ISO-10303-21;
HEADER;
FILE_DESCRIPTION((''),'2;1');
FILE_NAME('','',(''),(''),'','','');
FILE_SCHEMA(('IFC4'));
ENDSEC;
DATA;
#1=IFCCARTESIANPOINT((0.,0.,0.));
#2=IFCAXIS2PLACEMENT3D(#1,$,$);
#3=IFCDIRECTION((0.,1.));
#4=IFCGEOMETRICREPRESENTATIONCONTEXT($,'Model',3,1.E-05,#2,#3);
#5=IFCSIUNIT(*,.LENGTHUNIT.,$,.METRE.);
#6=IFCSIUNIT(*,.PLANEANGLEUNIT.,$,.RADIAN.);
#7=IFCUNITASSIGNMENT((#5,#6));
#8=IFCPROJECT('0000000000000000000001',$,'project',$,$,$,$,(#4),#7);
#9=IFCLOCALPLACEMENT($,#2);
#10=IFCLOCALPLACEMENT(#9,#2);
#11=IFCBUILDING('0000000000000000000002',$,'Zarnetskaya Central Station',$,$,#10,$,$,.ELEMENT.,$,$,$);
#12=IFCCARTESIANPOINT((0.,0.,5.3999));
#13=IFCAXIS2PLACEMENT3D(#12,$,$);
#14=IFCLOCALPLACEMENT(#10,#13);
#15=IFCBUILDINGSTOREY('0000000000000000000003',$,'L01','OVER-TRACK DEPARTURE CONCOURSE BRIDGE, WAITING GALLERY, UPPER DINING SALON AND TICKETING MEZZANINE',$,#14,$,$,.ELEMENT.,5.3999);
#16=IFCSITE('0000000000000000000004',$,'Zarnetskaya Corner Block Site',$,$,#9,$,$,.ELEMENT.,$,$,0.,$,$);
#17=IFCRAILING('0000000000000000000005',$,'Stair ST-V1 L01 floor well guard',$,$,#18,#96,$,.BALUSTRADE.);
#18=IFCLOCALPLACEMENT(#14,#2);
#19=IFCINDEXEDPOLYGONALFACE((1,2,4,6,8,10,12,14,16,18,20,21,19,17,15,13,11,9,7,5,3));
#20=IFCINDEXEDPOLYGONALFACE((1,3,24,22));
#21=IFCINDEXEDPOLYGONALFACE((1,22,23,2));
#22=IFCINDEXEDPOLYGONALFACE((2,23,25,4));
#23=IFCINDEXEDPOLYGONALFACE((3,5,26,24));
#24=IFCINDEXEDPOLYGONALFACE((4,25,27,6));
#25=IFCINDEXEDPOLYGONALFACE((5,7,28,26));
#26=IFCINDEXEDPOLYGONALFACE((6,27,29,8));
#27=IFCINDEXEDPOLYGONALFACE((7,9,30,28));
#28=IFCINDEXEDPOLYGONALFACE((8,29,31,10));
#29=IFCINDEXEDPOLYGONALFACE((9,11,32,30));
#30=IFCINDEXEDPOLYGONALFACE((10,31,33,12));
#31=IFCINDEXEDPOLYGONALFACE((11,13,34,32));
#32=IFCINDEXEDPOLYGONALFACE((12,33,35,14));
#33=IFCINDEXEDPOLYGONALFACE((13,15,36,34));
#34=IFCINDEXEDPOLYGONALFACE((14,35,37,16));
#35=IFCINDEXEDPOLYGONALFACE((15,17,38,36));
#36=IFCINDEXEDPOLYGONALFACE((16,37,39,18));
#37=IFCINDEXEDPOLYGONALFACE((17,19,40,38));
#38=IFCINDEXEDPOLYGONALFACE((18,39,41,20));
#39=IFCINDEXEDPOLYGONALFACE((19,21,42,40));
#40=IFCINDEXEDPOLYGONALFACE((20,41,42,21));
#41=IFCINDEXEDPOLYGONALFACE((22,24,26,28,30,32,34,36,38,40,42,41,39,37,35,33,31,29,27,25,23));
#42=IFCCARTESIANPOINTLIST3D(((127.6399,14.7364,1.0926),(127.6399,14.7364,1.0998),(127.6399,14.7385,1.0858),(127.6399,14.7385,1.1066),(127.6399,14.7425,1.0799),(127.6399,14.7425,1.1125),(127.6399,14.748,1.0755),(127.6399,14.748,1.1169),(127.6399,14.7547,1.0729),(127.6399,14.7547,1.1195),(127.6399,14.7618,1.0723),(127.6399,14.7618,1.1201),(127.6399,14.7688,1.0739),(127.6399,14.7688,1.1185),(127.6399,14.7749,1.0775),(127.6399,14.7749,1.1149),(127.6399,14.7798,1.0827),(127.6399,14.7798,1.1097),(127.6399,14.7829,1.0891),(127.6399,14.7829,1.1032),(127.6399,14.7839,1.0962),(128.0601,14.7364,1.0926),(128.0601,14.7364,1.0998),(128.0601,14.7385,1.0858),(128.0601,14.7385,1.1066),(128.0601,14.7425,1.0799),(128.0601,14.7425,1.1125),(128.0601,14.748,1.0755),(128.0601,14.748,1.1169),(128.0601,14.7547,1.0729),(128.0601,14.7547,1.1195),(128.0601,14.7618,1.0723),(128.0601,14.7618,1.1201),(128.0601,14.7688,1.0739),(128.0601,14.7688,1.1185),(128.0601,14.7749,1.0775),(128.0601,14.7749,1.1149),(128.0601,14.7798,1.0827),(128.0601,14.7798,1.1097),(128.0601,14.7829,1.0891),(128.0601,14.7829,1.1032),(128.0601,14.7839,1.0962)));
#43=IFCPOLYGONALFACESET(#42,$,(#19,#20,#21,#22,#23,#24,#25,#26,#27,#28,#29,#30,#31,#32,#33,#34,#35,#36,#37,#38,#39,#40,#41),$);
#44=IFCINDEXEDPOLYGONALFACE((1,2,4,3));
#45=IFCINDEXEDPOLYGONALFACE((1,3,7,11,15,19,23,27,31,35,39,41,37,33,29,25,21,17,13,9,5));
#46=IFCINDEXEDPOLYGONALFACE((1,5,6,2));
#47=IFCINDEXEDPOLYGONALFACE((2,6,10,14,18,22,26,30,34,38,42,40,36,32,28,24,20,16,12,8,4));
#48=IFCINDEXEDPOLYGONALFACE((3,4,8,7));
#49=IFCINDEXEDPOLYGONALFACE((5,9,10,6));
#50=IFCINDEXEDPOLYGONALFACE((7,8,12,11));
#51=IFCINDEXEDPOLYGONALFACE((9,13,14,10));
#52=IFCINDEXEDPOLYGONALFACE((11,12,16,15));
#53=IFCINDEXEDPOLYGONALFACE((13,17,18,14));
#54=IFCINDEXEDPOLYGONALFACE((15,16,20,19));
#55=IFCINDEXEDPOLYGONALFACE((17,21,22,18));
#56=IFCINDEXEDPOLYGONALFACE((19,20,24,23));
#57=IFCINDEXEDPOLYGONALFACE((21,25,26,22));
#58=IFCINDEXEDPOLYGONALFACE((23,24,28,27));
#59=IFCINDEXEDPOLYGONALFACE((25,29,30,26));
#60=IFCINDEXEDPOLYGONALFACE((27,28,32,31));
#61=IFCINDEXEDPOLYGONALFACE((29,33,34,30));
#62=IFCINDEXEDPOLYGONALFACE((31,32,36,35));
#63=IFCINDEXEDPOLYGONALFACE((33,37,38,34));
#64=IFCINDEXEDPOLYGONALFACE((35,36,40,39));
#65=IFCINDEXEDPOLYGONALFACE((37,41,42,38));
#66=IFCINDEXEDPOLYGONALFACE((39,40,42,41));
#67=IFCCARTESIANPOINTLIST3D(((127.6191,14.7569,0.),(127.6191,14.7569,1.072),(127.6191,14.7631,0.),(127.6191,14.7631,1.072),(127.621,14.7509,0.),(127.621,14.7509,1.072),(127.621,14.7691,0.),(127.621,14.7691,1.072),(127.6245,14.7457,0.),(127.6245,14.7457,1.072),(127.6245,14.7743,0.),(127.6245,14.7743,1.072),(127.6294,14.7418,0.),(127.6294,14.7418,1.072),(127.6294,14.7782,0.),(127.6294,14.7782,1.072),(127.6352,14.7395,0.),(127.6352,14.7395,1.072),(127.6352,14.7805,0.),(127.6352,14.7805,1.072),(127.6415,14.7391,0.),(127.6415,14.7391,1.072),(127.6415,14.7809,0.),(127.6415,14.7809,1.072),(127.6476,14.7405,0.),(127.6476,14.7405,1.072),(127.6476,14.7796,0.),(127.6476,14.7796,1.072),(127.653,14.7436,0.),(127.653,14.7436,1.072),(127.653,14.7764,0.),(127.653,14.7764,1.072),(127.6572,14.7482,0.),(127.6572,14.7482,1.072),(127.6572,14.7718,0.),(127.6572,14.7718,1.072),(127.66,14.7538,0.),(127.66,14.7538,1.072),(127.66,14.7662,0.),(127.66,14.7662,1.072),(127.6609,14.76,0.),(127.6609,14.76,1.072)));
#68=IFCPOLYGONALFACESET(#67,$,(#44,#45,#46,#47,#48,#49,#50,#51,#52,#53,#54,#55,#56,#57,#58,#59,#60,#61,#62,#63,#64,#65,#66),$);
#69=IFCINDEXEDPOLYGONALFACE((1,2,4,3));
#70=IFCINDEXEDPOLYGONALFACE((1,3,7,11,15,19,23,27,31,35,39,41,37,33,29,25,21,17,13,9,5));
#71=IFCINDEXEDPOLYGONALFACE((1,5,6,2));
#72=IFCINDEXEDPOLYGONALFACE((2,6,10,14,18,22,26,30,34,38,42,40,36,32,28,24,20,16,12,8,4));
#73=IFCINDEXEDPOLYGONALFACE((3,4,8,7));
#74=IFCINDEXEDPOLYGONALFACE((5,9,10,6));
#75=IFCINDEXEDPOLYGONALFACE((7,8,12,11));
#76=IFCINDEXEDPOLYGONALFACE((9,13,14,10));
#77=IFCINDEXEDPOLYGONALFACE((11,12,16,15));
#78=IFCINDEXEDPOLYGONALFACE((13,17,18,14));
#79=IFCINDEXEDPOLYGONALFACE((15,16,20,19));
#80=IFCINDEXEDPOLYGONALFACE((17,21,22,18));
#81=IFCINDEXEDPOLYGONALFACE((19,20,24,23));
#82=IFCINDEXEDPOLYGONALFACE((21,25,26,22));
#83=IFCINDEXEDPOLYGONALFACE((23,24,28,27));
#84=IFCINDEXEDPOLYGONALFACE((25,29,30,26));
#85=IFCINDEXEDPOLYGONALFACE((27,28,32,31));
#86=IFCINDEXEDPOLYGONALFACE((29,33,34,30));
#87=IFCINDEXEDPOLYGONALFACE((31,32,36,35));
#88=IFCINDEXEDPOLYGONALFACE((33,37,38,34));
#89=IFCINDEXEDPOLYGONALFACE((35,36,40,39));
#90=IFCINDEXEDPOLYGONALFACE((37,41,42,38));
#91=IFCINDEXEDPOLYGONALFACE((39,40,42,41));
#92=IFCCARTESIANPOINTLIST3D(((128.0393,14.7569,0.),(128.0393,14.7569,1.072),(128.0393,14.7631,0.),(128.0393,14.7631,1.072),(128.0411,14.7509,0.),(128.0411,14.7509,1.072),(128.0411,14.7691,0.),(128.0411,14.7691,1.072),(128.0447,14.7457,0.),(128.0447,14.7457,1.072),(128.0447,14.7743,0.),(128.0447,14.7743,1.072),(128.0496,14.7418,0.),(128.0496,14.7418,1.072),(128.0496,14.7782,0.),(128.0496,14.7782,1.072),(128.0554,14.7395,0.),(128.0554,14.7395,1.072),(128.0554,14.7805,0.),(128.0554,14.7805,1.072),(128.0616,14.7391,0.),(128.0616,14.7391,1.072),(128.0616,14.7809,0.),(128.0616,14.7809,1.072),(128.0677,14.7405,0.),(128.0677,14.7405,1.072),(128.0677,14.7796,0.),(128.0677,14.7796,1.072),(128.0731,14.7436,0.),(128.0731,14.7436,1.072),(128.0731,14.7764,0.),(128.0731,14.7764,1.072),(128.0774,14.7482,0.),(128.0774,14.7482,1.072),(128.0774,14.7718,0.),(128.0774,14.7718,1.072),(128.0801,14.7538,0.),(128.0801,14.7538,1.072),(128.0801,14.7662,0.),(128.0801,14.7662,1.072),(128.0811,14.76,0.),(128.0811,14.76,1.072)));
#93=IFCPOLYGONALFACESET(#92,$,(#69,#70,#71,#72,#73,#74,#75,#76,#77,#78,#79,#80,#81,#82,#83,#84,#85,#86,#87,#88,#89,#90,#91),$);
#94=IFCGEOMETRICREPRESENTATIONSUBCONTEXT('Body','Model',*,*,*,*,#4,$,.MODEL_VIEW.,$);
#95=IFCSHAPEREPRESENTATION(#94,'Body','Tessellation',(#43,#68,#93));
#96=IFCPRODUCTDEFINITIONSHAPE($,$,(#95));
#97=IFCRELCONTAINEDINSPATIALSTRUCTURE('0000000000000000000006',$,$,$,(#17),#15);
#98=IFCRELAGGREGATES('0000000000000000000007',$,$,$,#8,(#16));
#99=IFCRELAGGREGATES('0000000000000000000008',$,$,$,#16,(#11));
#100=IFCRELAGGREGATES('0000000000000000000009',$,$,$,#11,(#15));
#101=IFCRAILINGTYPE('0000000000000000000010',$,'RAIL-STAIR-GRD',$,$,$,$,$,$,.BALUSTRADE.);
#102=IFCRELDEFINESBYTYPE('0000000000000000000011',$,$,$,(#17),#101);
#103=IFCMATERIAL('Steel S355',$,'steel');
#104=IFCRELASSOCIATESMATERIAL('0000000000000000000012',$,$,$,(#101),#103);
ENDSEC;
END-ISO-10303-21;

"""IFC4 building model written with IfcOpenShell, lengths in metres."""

from ifc_helpers import new_model, si_unit, direction, frame, origin, origin_2d, place, context, subcontext, project, spatial, circle, extrude, material, type_object, element, save


model = new_model("IFC4")

# Units and contexts
model_context = context("Model", 3, precision=1e-05, world=origin(), true_north=direction((0.0, 1.0)))
body_context = subcontext(model_context, "Body", "Model", "MODEL_VIEW")
ifc_project = project(units=[si_unit("LENGTHUNIT", "METRE"), si_unit("PLANEANGLEUNIT", "RADIAN")], contexts=[model_context])

# Site, building, storey
site_placement = place(None, origin())
site = spatial("IfcSite", under=ifc_project, at=site_placement, Name="Zarnetskaya Corner Block Site", CompositionType="ELEMENT", RefElevation=0.0)
building_placement = place(site_placement, origin())
building = spatial("IfcBuilding", under=site, at=building_placement, Name="Zarnetskaya Central Station", CompositionType="ELEMENT")
storey_placement = place(building_placement, frame((0.0, 0.0, 5.3999)))
storey = spatial("IfcBuildingStorey", under=building, at=storey_placement, Name="L01", Description="OVER-TRACK DEPARTURE CONCOURSE BRIDGE, WAITING GALLERY, UPPER DINING SALON AND TICKETING MEZZANINE", CompositionType="ELEMENT", Elevation=5.3999)

# Railing
ifc_material_1 = material(Name="Steel S355", Category="steel")
railing_type_1 = type_object("IfcRailingType", Name="RAIL-STAIR-GRD", PredefinedType="BALUSTRADE", material=ifc_material_1)
railing_1_placement = place(storey_placement, frame((127.6399, 14.76, 0.0)))
element("IfcRailing", 1, at=railing_1_placement, inside=storey, type_object=railing_type_1, Name="Stair ST-V1 L01 floor well guard", PredefinedType="BALUSTRADE", context=body_context, shape_type="SweptSolid", body=[
    extrude(circle(Radius=0.0239, at=origin_2d()), frame((0.0, 0.0, 1.0962), z_axis=(1.0, 0.0, 0.0), x_axis=(0.0, 1.0, 0.0)), (0.0, 0.0, 1.0), 0.4202),
    extrude(circle(Radius=0.021, at=origin_2d()), origin(), (0.0, 0.0, 1.0), 1.072),
    extrude(circle(Radius=0.021, at=origin_2d()), frame((0.4202, 0.0, 0.0)), (0.0, 0.0, 1.0), 1.072),
])

save(model, "model.ifc")
